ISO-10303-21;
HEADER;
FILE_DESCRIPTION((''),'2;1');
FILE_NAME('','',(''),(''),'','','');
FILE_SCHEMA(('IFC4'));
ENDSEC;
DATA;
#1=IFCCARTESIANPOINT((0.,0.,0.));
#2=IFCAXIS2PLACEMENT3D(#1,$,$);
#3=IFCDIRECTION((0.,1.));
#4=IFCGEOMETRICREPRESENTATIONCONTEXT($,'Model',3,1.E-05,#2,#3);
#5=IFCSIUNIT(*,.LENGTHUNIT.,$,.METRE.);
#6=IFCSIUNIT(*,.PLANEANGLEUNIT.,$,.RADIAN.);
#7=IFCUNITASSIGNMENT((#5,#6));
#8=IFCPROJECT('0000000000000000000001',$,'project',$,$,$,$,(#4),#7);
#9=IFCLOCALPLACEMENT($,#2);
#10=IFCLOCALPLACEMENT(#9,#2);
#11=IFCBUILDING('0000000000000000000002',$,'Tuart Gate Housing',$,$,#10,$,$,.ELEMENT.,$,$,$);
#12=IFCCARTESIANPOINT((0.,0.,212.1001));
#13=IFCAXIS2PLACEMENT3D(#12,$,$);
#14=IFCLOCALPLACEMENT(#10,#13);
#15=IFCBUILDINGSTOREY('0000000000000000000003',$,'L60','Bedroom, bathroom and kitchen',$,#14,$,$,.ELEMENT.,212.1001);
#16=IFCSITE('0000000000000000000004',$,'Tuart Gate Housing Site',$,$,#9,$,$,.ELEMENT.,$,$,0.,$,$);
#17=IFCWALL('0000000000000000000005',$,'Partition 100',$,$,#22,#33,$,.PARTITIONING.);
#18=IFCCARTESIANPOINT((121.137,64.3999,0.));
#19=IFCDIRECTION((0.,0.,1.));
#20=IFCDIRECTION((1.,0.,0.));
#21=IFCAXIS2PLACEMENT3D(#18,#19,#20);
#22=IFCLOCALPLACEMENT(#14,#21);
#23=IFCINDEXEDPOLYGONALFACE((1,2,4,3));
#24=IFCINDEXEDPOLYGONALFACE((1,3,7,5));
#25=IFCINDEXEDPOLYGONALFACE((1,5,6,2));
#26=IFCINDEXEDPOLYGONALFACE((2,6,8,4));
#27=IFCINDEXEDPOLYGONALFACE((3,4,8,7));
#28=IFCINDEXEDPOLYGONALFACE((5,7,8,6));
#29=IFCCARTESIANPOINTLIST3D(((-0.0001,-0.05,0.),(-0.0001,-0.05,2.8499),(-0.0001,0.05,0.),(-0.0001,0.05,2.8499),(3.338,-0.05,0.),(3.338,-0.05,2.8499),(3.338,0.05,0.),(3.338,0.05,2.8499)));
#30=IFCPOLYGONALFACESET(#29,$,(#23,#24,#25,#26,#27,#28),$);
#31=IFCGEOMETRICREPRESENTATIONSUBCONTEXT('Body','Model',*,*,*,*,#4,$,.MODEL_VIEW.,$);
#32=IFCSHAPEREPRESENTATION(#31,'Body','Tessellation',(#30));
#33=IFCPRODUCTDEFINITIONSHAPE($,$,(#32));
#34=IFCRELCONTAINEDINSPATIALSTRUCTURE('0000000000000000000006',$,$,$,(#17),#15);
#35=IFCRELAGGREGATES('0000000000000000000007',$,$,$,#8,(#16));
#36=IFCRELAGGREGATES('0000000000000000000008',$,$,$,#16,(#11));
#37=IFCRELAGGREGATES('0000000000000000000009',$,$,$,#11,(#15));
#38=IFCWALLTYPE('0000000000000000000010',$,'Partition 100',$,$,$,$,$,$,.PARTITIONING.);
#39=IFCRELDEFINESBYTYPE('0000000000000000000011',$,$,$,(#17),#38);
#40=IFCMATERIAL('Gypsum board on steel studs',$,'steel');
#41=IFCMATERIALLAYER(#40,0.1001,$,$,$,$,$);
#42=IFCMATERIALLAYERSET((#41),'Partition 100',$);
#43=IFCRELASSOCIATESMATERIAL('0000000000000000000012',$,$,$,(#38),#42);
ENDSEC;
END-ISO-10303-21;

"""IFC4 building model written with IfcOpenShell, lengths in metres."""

from ifc_helpers import new_model, si_unit, direction, frame, frame_2d, origin, place, context, subcontext, project, spatial, rectangle, extrude, material, layer, layer_set, type_object, element, save


model = new_model("IFC4")

# Units and contexts
model_context = context("Model", 3, precision=1e-05, world=origin(), true_north=direction((0.0, 1.0)))
body_context = subcontext(model_context, "Body", "Model", "MODEL_VIEW")
ifc_project = project(units=[si_unit("LENGTHUNIT", "METRE"), si_unit("PLANEANGLEUNIT", "RADIAN")], contexts=[model_context])

# Site, building, storey
site_placement = place(None, origin())
site = spatial("IfcSite", under=ifc_project, at=site_placement, Name="Tuart Gate Housing Site", CompositionType="ELEMENT", RefElevation=0.0)
building_placement = place(site_placement, origin())
building = spatial("IfcBuilding", under=site, at=building_placement, Name="Tuart Gate Housing", CompositionType="ELEMENT")
storey_placement = place(building_placement, frame((0.0, 0.0, 212.1001)))
storey = spatial("IfcBuildingStorey", under=building, at=storey_placement, Name="L60", Description="Bedroom, bathroom and kitchen", CompositionType="ELEMENT", Elevation=212.1001)

# Shared definitions
ifc_material_1 = material(Name="Gypsum board on steel studs", Category="steel")
ifc_layer_1 = layer(ifc_material_1, 0.1001)
ifc_layer_set_1 = layer_set([ifc_layer_1], Name="Partition 100")
wall_type_1 = type_object("IfcWallType", Name="Partition 100", PredefinedType="PARTITIONING", material=ifc_layer_set_1)

# Wall
wall_1_placement = place(storey_placement, frame((121.137, 64.3999, 0.0), z_axis=(0.0, 0.0, 1.0), x_axis=(1.0, 0.0, 0.0)))
element("IfcWall", 1, at=wall_1_placement, inside=storey, type_object=wall_type_1, Name="Partition 100", PredefinedType="PARTITIONING", context=body_context, shape_type="SweptSolid", body=[
    extrude(rectangle(XDim=3.3381, YDim=0.1001, at=frame_2d((1.6689, 0.0))), origin(), (0.0, 0.0, 1.0), 2.8499),
])

save(model, "model.ifc")
